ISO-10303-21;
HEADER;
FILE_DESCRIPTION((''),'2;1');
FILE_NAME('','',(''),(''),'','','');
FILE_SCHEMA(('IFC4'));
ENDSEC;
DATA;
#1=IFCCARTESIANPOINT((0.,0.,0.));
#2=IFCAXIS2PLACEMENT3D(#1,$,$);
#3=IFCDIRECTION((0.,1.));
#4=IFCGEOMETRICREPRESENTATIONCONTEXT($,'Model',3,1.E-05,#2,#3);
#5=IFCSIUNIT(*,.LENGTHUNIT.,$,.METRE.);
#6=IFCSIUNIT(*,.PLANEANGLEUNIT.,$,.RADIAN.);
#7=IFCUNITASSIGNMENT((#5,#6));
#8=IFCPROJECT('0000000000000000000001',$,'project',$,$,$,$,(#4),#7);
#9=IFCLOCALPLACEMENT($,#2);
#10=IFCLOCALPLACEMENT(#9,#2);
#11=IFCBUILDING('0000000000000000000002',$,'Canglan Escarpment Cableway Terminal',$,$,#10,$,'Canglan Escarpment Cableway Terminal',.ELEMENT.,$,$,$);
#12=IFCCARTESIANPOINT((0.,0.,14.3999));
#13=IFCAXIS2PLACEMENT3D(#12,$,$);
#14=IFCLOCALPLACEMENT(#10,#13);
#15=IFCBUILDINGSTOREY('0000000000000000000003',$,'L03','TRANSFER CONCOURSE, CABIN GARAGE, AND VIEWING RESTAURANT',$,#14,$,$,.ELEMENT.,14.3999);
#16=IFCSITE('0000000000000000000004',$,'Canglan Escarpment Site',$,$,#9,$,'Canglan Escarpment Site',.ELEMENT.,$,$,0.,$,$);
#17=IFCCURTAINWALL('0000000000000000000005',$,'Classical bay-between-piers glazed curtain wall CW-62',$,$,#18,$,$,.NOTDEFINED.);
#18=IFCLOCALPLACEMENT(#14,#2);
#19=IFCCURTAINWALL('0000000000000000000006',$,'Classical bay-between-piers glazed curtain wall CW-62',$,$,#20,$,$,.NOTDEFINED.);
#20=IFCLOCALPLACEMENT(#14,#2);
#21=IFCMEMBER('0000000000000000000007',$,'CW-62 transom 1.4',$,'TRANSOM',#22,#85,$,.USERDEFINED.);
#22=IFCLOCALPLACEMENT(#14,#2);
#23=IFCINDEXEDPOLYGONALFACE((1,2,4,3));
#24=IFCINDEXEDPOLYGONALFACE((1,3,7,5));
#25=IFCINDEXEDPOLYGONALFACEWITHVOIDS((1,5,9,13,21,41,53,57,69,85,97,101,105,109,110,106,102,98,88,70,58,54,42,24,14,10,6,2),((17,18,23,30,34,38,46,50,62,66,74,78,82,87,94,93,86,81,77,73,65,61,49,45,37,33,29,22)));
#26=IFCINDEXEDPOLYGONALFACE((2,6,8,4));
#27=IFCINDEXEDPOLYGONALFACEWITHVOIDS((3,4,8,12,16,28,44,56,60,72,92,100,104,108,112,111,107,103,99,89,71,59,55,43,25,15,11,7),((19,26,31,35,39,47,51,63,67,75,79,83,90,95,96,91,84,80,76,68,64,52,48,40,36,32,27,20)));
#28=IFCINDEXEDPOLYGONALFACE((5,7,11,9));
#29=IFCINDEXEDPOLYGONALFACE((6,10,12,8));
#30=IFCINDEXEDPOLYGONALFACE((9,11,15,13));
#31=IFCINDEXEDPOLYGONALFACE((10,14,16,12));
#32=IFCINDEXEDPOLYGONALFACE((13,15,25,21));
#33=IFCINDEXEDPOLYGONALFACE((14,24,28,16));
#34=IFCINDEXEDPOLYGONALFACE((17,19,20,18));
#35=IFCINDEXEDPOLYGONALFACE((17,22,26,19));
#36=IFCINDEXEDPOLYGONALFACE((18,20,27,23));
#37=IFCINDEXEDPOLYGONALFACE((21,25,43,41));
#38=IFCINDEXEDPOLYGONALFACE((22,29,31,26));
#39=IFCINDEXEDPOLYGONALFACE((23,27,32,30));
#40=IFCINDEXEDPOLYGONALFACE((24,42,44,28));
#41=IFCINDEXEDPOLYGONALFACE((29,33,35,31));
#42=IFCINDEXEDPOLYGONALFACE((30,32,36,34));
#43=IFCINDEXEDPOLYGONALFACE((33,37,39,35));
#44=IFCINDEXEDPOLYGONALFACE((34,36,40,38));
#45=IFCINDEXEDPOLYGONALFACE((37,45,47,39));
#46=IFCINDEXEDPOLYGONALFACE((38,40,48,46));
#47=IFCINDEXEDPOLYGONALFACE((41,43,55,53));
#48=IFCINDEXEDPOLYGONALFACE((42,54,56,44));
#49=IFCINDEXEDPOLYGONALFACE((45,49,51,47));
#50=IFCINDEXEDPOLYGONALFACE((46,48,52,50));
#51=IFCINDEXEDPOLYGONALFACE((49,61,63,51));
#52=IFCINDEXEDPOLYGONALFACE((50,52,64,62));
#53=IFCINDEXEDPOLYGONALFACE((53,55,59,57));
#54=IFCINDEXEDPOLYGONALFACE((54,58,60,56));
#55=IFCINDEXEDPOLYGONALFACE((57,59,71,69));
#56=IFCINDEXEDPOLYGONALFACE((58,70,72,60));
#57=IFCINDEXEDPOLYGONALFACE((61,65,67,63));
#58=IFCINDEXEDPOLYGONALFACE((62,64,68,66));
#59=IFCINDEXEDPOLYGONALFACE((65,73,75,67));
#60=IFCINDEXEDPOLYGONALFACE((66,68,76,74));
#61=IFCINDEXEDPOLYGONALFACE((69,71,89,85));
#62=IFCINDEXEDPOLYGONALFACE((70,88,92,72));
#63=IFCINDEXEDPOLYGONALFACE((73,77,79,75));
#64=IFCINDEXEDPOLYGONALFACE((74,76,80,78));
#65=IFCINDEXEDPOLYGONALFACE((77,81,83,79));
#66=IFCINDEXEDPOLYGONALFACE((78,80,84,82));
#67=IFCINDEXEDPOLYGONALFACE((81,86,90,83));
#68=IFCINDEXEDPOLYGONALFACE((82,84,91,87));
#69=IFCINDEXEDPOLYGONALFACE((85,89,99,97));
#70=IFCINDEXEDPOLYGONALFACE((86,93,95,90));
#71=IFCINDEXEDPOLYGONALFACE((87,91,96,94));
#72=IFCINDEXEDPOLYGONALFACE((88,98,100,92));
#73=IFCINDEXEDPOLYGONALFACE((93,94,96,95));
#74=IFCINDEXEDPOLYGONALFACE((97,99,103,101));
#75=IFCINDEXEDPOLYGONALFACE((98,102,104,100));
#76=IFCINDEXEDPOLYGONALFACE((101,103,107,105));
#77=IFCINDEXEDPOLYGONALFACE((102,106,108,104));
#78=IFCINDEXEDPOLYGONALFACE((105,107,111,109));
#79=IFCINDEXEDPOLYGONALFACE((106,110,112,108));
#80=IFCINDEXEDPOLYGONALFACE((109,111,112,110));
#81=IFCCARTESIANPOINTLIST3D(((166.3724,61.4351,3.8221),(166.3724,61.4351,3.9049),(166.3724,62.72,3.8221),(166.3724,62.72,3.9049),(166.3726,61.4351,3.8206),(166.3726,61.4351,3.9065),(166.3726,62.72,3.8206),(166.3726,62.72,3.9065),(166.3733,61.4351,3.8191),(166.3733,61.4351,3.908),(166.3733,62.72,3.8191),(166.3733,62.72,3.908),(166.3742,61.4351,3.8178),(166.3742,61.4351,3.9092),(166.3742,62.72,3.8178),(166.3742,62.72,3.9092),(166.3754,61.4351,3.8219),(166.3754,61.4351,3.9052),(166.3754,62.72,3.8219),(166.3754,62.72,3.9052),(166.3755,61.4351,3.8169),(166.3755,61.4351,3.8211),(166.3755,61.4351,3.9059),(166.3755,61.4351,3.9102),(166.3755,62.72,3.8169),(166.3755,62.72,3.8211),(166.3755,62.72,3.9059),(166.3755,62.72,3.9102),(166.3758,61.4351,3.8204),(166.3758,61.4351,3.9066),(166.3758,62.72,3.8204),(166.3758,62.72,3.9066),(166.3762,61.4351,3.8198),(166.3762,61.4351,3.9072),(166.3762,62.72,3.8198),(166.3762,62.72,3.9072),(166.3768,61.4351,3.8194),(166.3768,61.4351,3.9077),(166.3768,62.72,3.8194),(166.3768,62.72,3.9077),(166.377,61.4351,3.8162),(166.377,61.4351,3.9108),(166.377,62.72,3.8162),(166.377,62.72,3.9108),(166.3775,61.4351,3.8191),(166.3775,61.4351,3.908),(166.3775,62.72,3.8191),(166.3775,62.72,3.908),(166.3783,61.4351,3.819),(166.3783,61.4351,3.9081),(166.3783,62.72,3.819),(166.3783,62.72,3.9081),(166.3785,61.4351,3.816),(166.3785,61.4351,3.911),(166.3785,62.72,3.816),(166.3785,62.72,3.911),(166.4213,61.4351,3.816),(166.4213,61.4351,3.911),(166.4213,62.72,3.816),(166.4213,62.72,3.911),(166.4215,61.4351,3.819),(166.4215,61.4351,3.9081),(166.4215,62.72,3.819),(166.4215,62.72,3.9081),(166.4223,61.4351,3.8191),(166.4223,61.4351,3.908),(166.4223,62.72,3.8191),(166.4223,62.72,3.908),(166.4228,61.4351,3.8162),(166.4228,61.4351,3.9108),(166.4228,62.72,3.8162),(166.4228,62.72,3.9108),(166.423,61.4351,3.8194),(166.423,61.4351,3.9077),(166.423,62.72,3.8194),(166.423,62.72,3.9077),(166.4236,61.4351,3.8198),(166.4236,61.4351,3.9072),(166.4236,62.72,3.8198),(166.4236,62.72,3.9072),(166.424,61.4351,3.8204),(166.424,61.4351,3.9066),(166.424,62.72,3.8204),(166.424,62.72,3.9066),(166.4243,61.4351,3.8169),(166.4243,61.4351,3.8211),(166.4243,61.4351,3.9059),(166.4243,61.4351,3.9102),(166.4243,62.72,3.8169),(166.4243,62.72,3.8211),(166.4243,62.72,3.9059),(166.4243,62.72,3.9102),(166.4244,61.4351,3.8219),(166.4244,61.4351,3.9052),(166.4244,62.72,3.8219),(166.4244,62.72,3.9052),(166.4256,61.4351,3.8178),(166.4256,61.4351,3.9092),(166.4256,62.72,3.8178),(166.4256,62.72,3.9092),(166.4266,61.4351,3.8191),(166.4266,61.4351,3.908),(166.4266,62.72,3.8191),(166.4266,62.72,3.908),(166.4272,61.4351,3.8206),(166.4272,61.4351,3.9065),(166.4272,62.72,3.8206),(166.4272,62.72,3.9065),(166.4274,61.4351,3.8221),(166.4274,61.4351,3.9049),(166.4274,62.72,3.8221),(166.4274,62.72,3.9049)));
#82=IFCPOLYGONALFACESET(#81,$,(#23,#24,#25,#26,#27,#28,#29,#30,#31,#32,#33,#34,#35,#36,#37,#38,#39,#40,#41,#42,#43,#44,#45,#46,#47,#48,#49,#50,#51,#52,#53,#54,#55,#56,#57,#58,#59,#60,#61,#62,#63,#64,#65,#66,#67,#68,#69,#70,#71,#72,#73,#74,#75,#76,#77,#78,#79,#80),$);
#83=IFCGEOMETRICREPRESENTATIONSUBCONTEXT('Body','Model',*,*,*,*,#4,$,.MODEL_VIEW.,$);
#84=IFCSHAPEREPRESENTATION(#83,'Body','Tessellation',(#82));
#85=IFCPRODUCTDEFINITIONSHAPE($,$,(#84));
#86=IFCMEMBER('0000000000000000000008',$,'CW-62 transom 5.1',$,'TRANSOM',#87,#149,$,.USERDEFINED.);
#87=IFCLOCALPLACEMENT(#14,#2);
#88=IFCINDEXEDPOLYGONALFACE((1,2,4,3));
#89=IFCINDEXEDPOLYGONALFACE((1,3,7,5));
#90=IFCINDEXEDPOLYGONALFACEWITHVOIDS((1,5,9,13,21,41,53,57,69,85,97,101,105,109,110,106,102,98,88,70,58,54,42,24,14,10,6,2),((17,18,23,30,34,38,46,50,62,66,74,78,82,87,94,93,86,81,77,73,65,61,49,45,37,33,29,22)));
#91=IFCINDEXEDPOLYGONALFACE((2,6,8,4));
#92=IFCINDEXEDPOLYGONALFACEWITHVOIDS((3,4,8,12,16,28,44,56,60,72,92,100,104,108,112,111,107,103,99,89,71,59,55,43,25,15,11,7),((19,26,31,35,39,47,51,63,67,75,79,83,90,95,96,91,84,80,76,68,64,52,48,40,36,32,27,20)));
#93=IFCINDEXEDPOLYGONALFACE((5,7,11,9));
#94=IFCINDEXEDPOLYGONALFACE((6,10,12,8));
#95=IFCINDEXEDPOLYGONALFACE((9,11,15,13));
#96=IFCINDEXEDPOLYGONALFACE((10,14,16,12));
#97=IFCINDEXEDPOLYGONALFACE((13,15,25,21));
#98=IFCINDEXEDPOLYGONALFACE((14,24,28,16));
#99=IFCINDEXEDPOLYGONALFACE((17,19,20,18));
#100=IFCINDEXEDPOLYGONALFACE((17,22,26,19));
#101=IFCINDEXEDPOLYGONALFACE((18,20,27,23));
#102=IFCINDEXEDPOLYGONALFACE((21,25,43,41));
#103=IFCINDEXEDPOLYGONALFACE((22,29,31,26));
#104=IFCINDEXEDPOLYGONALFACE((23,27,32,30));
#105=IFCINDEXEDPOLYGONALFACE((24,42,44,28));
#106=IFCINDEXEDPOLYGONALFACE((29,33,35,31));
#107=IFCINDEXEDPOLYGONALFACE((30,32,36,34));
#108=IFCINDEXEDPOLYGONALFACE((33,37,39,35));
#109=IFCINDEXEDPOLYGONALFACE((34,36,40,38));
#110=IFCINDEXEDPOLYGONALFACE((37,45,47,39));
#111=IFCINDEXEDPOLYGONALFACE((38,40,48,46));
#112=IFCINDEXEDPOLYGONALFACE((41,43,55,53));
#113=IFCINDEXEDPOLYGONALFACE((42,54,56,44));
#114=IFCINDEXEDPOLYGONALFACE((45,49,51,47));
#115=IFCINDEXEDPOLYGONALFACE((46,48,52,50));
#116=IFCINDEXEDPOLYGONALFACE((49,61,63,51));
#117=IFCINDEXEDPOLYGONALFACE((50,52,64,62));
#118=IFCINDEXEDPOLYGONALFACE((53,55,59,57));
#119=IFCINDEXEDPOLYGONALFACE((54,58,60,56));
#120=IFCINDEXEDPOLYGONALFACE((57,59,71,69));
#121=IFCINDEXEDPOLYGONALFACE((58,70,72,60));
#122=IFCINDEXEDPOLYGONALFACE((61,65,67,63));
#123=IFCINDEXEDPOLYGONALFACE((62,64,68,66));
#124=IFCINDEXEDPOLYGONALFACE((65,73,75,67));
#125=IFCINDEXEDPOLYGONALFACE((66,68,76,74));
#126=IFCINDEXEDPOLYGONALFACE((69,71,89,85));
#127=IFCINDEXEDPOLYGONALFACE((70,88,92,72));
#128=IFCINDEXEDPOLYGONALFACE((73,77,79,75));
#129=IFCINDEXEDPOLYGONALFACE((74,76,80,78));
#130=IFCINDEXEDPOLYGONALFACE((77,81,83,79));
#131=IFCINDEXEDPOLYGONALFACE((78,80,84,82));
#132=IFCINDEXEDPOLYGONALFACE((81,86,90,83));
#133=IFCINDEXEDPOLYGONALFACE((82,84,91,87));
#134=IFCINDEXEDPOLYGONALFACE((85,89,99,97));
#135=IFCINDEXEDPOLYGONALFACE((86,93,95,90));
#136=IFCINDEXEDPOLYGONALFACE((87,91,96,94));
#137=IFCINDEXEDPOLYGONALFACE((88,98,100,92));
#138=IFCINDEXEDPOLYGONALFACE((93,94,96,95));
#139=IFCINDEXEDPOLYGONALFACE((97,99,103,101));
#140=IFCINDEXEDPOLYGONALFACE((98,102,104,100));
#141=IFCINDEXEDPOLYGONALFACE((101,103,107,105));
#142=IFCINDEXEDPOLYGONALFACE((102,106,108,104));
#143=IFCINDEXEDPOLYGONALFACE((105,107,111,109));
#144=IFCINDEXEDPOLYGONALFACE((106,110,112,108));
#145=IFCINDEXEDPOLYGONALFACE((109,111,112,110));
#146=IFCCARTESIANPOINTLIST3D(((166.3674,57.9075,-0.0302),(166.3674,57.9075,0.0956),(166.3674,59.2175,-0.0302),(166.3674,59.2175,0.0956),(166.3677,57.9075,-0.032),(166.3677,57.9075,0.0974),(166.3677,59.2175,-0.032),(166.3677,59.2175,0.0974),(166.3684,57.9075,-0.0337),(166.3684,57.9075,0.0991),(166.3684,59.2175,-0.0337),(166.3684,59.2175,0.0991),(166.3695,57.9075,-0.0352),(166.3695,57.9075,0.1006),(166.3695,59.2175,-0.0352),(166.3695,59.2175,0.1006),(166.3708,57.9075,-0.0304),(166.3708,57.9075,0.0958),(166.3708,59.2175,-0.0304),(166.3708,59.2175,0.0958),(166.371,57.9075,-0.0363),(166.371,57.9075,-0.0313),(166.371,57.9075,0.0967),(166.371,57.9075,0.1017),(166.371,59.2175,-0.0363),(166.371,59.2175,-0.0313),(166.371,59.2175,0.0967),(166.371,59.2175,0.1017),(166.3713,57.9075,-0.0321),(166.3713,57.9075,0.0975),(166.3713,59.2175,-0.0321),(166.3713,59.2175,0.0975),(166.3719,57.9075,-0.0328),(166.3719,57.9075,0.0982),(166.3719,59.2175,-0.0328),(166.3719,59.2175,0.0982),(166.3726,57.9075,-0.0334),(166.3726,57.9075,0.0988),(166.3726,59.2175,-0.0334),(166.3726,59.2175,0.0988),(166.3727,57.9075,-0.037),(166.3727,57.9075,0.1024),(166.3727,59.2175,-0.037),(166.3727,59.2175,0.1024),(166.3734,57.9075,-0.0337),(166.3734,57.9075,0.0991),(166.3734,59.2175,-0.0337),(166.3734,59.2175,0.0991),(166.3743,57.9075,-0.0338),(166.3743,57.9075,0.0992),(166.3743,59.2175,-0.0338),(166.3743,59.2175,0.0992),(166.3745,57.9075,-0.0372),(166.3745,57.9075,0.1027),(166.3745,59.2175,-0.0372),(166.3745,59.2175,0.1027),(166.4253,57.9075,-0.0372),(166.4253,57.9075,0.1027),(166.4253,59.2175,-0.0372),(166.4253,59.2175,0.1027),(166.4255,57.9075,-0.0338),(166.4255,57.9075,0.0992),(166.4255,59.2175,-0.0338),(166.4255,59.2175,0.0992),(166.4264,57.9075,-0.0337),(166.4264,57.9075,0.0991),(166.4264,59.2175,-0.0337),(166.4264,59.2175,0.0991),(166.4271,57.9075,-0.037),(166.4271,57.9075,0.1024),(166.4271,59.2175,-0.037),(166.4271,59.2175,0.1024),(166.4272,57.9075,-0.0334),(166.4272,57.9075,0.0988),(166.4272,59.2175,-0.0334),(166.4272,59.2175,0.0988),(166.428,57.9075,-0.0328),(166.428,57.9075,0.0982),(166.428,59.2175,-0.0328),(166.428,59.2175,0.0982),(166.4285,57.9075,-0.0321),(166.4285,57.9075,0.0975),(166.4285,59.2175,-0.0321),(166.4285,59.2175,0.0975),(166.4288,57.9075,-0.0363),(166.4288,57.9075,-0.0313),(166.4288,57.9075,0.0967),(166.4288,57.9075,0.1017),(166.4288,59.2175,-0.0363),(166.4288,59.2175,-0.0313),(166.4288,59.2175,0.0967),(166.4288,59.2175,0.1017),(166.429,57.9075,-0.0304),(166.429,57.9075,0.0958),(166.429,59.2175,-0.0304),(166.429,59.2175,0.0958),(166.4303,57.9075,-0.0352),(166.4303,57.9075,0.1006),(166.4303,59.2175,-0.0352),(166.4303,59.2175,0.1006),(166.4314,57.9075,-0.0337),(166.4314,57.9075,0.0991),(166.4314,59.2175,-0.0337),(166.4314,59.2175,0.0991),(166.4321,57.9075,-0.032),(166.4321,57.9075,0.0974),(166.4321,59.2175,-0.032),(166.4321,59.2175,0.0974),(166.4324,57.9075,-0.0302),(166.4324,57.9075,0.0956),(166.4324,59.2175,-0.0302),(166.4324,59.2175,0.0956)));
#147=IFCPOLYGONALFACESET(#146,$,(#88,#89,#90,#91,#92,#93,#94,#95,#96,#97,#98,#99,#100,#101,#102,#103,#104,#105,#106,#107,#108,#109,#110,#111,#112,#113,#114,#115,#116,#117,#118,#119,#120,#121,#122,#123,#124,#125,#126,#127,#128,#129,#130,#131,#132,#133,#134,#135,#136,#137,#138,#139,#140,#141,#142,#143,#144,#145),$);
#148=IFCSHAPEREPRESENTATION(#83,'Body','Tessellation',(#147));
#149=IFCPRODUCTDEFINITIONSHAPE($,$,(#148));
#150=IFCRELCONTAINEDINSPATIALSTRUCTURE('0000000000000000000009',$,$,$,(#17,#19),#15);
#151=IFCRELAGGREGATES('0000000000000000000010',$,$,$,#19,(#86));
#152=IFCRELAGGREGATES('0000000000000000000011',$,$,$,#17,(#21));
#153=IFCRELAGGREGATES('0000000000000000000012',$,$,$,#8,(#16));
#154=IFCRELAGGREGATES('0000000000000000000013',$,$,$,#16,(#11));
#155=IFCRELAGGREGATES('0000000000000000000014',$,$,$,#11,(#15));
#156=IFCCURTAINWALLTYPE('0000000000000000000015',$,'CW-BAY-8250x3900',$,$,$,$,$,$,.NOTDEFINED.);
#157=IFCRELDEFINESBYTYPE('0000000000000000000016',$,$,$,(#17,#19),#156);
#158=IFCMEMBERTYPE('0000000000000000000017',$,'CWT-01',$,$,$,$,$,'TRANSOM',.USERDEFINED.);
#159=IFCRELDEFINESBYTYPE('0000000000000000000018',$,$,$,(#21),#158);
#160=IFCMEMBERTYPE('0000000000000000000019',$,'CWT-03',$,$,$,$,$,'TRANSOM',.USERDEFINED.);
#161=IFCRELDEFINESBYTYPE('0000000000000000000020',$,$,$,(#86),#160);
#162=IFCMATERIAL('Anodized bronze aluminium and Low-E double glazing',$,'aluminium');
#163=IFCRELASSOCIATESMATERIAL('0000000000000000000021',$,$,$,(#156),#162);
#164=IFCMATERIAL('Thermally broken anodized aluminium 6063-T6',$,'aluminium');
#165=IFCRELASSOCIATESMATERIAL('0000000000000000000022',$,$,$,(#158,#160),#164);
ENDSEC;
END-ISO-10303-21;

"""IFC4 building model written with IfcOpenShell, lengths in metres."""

from ifc_helpers import new_model, si_unit, direction, frame, origin, origin_2d, place, context, subcontext, project, spatial, hollow_rectangle, extrude, material, material_profile, profile_set, type_object, element, aggregate, save


model = new_model("IFC4")

# Units and contexts
model_context = context("Model", 3, precision=1e-05, world=origin(), true_north=direction((0.0, 1.0)))
body_context = subcontext(model_context, "Body", "Model", "MODEL_VIEW")
ifc_project = project(units=[si_unit("LENGTHUNIT", "METRE"), si_unit("PLANEANGLEUNIT", "RADIAN")], contexts=[model_context])

# Site, building, storey
site_placement = place(None, origin())
site = spatial("IfcSite", under=ifc_project, at=site_placement, Name="Canglan Escarpment Site", LongName="Canglan Escarpment Site", CompositionType="ELEMENT", RefElevation=0.0)
building_placement = place(site_placement, origin())
building = spatial("IfcBuilding", under=site, at=building_placement, Name="Canglan Escarpment Cableway Terminal", LongName="Canglan Escarpment Cableway Terminal", CompositionType="ELEMENT")
storey_placement = place(building_placement, frame((0.0, 0.0, 14.3999)))
storey = spatial("IfcBuildingStorey", under=building, at=storey_placement, Name="L03", Description="TRANSFER CONCOURSE, CABIN GARAGE, AND VIEWING RESTAURANT", CompositionType="ELEMENT", Elevation=14.3999)

# Curtain walls
ifc_material_1 = material(Name="Anodized bronze aluminium and Low-E double glazing", Category="aluminium")
curtain_wall_type = type_object("IfcCurtainWallType", Name="CW-BAY-8250x3900", PredefinedType="NOTDEFINED", material=ifc_material_1)
curtain_wall_1_placement = place(storey_placement, origin())
curtain_wall_1 = element("IfcCurtainWall", 1, at=curtain_wall_1_placement, inside=storey, type_object=curtain_wall_type, Name="Classical bay-between-piers glazed curtain wall CW-62", PredefinedType="NOTDEFINED")
ifc_material_2 = material(Name="Thermally broken anodized aluminium 6063-T6", Category="aluminium")
curtain_wall_2_placement = place(storey_placement, origin())
curtain_wall_2 = element("IfcCurtainWall", 2, at=curtain_wall_2_placement, inside=storey, type_object=curtain_wall_type, Name="Classical bay-between-piers glazed curtain wall CW-62", PredefinedType="NOTDEFINED")

# Members
ifc_material_profile_1 = material_profile(ifc_material_2, hollow_rectangle(XDim=0.0549, YDim=0.095, WallThickness=0.0029, InnerFilletRadius=0.0029, OuterFilletRadius=0.0061, at=origin_2d()), Name="ALU-TRAN 55x95x3")
ifc_profile_set_1 = profile_set([ifc_material_profile_1], Name="Thermally broken anodized aluminium 6063-T6")
member_type_1 = type_object("IfcMemberType", Name="CWT-01", ElementType="TRANSOM", PredefinedType="USERDEFINED", material=ifc_profile_set_1)
member_1_placement = place(storey_placement, frame((166.3999, 61.4351, 3.8635), z_axis=(0.0, 1.0, 0.0), x_axis=(-1.0, 0.0, 0.0)))
member_1 = element("IfcMember", 3, at=member_1_placement, type_object=member_type_1, Name="CW-62 transom 1.4", ObjectType="TRANSOM", PredefinedType="USERDEFINED", context=body_context, shape_type="SweptSolid", body=[
    extrude(hollow_rectangle(XDim=0.0549, YDim=0.095, WallThickness=0.0029, InnerFilletRadius=0.0029, OuterFilletRadius=0.0061, at=origin_2d()), origin(), (0.0, 0.0, 1.0), 1.2849),
])
ifc_material_profile_2 = material_profile(ifc_material_2, hollow_rectangle(XDim=0.0649, YDim=0.1399, WallThickness=0.0034, InnerFilletRadius=0.0034, OuterFilletRadius=0.0071, at=origin_2d()), Name="ALU-TRAN 65x140x3.5")
ifc_profile_set_2 = profile_set([ifc_material_profile_2], Name="Thermally broken anodized aluminium 6063-T6")
member_type_2 = type_object("IfcMemberType", Name="CWT-03", ElementType="TRANSOM", PredefinedType="USERDEFINED", material=ifc_profile_set_2)
member_2_placement = place(storey_placement, frame((166.3999, 57.9075, 0.0327), z_axis=(0.0, 1.0, 0.0), x_axis=(-1.0, 0.0, 0.0)))
member_2 = element("IfcMember", 4, at=member_2_placement, type_object=member_type_2, Name="CW-62 transom 5.1", ObjectType="TRANSOM", PredefinedType="USERDEFINED", context=body_context, shape_type="SweptSolid", body=[
    extrude(hollow_rectangle(XDim=0.0649, YDim=0.1399, WallThickness=0.0034, InnerFilletRadius=0.0034, OuterFilletRadius=0.0071, at=origin_2d()), origin(), (0.0, 0.0, 1.0), 1.3101),
])

aggregate(curtain_wall_2, [member_2])
aggregate(curtain_wall_1, [member_1])

save(model, "model.ifc")
